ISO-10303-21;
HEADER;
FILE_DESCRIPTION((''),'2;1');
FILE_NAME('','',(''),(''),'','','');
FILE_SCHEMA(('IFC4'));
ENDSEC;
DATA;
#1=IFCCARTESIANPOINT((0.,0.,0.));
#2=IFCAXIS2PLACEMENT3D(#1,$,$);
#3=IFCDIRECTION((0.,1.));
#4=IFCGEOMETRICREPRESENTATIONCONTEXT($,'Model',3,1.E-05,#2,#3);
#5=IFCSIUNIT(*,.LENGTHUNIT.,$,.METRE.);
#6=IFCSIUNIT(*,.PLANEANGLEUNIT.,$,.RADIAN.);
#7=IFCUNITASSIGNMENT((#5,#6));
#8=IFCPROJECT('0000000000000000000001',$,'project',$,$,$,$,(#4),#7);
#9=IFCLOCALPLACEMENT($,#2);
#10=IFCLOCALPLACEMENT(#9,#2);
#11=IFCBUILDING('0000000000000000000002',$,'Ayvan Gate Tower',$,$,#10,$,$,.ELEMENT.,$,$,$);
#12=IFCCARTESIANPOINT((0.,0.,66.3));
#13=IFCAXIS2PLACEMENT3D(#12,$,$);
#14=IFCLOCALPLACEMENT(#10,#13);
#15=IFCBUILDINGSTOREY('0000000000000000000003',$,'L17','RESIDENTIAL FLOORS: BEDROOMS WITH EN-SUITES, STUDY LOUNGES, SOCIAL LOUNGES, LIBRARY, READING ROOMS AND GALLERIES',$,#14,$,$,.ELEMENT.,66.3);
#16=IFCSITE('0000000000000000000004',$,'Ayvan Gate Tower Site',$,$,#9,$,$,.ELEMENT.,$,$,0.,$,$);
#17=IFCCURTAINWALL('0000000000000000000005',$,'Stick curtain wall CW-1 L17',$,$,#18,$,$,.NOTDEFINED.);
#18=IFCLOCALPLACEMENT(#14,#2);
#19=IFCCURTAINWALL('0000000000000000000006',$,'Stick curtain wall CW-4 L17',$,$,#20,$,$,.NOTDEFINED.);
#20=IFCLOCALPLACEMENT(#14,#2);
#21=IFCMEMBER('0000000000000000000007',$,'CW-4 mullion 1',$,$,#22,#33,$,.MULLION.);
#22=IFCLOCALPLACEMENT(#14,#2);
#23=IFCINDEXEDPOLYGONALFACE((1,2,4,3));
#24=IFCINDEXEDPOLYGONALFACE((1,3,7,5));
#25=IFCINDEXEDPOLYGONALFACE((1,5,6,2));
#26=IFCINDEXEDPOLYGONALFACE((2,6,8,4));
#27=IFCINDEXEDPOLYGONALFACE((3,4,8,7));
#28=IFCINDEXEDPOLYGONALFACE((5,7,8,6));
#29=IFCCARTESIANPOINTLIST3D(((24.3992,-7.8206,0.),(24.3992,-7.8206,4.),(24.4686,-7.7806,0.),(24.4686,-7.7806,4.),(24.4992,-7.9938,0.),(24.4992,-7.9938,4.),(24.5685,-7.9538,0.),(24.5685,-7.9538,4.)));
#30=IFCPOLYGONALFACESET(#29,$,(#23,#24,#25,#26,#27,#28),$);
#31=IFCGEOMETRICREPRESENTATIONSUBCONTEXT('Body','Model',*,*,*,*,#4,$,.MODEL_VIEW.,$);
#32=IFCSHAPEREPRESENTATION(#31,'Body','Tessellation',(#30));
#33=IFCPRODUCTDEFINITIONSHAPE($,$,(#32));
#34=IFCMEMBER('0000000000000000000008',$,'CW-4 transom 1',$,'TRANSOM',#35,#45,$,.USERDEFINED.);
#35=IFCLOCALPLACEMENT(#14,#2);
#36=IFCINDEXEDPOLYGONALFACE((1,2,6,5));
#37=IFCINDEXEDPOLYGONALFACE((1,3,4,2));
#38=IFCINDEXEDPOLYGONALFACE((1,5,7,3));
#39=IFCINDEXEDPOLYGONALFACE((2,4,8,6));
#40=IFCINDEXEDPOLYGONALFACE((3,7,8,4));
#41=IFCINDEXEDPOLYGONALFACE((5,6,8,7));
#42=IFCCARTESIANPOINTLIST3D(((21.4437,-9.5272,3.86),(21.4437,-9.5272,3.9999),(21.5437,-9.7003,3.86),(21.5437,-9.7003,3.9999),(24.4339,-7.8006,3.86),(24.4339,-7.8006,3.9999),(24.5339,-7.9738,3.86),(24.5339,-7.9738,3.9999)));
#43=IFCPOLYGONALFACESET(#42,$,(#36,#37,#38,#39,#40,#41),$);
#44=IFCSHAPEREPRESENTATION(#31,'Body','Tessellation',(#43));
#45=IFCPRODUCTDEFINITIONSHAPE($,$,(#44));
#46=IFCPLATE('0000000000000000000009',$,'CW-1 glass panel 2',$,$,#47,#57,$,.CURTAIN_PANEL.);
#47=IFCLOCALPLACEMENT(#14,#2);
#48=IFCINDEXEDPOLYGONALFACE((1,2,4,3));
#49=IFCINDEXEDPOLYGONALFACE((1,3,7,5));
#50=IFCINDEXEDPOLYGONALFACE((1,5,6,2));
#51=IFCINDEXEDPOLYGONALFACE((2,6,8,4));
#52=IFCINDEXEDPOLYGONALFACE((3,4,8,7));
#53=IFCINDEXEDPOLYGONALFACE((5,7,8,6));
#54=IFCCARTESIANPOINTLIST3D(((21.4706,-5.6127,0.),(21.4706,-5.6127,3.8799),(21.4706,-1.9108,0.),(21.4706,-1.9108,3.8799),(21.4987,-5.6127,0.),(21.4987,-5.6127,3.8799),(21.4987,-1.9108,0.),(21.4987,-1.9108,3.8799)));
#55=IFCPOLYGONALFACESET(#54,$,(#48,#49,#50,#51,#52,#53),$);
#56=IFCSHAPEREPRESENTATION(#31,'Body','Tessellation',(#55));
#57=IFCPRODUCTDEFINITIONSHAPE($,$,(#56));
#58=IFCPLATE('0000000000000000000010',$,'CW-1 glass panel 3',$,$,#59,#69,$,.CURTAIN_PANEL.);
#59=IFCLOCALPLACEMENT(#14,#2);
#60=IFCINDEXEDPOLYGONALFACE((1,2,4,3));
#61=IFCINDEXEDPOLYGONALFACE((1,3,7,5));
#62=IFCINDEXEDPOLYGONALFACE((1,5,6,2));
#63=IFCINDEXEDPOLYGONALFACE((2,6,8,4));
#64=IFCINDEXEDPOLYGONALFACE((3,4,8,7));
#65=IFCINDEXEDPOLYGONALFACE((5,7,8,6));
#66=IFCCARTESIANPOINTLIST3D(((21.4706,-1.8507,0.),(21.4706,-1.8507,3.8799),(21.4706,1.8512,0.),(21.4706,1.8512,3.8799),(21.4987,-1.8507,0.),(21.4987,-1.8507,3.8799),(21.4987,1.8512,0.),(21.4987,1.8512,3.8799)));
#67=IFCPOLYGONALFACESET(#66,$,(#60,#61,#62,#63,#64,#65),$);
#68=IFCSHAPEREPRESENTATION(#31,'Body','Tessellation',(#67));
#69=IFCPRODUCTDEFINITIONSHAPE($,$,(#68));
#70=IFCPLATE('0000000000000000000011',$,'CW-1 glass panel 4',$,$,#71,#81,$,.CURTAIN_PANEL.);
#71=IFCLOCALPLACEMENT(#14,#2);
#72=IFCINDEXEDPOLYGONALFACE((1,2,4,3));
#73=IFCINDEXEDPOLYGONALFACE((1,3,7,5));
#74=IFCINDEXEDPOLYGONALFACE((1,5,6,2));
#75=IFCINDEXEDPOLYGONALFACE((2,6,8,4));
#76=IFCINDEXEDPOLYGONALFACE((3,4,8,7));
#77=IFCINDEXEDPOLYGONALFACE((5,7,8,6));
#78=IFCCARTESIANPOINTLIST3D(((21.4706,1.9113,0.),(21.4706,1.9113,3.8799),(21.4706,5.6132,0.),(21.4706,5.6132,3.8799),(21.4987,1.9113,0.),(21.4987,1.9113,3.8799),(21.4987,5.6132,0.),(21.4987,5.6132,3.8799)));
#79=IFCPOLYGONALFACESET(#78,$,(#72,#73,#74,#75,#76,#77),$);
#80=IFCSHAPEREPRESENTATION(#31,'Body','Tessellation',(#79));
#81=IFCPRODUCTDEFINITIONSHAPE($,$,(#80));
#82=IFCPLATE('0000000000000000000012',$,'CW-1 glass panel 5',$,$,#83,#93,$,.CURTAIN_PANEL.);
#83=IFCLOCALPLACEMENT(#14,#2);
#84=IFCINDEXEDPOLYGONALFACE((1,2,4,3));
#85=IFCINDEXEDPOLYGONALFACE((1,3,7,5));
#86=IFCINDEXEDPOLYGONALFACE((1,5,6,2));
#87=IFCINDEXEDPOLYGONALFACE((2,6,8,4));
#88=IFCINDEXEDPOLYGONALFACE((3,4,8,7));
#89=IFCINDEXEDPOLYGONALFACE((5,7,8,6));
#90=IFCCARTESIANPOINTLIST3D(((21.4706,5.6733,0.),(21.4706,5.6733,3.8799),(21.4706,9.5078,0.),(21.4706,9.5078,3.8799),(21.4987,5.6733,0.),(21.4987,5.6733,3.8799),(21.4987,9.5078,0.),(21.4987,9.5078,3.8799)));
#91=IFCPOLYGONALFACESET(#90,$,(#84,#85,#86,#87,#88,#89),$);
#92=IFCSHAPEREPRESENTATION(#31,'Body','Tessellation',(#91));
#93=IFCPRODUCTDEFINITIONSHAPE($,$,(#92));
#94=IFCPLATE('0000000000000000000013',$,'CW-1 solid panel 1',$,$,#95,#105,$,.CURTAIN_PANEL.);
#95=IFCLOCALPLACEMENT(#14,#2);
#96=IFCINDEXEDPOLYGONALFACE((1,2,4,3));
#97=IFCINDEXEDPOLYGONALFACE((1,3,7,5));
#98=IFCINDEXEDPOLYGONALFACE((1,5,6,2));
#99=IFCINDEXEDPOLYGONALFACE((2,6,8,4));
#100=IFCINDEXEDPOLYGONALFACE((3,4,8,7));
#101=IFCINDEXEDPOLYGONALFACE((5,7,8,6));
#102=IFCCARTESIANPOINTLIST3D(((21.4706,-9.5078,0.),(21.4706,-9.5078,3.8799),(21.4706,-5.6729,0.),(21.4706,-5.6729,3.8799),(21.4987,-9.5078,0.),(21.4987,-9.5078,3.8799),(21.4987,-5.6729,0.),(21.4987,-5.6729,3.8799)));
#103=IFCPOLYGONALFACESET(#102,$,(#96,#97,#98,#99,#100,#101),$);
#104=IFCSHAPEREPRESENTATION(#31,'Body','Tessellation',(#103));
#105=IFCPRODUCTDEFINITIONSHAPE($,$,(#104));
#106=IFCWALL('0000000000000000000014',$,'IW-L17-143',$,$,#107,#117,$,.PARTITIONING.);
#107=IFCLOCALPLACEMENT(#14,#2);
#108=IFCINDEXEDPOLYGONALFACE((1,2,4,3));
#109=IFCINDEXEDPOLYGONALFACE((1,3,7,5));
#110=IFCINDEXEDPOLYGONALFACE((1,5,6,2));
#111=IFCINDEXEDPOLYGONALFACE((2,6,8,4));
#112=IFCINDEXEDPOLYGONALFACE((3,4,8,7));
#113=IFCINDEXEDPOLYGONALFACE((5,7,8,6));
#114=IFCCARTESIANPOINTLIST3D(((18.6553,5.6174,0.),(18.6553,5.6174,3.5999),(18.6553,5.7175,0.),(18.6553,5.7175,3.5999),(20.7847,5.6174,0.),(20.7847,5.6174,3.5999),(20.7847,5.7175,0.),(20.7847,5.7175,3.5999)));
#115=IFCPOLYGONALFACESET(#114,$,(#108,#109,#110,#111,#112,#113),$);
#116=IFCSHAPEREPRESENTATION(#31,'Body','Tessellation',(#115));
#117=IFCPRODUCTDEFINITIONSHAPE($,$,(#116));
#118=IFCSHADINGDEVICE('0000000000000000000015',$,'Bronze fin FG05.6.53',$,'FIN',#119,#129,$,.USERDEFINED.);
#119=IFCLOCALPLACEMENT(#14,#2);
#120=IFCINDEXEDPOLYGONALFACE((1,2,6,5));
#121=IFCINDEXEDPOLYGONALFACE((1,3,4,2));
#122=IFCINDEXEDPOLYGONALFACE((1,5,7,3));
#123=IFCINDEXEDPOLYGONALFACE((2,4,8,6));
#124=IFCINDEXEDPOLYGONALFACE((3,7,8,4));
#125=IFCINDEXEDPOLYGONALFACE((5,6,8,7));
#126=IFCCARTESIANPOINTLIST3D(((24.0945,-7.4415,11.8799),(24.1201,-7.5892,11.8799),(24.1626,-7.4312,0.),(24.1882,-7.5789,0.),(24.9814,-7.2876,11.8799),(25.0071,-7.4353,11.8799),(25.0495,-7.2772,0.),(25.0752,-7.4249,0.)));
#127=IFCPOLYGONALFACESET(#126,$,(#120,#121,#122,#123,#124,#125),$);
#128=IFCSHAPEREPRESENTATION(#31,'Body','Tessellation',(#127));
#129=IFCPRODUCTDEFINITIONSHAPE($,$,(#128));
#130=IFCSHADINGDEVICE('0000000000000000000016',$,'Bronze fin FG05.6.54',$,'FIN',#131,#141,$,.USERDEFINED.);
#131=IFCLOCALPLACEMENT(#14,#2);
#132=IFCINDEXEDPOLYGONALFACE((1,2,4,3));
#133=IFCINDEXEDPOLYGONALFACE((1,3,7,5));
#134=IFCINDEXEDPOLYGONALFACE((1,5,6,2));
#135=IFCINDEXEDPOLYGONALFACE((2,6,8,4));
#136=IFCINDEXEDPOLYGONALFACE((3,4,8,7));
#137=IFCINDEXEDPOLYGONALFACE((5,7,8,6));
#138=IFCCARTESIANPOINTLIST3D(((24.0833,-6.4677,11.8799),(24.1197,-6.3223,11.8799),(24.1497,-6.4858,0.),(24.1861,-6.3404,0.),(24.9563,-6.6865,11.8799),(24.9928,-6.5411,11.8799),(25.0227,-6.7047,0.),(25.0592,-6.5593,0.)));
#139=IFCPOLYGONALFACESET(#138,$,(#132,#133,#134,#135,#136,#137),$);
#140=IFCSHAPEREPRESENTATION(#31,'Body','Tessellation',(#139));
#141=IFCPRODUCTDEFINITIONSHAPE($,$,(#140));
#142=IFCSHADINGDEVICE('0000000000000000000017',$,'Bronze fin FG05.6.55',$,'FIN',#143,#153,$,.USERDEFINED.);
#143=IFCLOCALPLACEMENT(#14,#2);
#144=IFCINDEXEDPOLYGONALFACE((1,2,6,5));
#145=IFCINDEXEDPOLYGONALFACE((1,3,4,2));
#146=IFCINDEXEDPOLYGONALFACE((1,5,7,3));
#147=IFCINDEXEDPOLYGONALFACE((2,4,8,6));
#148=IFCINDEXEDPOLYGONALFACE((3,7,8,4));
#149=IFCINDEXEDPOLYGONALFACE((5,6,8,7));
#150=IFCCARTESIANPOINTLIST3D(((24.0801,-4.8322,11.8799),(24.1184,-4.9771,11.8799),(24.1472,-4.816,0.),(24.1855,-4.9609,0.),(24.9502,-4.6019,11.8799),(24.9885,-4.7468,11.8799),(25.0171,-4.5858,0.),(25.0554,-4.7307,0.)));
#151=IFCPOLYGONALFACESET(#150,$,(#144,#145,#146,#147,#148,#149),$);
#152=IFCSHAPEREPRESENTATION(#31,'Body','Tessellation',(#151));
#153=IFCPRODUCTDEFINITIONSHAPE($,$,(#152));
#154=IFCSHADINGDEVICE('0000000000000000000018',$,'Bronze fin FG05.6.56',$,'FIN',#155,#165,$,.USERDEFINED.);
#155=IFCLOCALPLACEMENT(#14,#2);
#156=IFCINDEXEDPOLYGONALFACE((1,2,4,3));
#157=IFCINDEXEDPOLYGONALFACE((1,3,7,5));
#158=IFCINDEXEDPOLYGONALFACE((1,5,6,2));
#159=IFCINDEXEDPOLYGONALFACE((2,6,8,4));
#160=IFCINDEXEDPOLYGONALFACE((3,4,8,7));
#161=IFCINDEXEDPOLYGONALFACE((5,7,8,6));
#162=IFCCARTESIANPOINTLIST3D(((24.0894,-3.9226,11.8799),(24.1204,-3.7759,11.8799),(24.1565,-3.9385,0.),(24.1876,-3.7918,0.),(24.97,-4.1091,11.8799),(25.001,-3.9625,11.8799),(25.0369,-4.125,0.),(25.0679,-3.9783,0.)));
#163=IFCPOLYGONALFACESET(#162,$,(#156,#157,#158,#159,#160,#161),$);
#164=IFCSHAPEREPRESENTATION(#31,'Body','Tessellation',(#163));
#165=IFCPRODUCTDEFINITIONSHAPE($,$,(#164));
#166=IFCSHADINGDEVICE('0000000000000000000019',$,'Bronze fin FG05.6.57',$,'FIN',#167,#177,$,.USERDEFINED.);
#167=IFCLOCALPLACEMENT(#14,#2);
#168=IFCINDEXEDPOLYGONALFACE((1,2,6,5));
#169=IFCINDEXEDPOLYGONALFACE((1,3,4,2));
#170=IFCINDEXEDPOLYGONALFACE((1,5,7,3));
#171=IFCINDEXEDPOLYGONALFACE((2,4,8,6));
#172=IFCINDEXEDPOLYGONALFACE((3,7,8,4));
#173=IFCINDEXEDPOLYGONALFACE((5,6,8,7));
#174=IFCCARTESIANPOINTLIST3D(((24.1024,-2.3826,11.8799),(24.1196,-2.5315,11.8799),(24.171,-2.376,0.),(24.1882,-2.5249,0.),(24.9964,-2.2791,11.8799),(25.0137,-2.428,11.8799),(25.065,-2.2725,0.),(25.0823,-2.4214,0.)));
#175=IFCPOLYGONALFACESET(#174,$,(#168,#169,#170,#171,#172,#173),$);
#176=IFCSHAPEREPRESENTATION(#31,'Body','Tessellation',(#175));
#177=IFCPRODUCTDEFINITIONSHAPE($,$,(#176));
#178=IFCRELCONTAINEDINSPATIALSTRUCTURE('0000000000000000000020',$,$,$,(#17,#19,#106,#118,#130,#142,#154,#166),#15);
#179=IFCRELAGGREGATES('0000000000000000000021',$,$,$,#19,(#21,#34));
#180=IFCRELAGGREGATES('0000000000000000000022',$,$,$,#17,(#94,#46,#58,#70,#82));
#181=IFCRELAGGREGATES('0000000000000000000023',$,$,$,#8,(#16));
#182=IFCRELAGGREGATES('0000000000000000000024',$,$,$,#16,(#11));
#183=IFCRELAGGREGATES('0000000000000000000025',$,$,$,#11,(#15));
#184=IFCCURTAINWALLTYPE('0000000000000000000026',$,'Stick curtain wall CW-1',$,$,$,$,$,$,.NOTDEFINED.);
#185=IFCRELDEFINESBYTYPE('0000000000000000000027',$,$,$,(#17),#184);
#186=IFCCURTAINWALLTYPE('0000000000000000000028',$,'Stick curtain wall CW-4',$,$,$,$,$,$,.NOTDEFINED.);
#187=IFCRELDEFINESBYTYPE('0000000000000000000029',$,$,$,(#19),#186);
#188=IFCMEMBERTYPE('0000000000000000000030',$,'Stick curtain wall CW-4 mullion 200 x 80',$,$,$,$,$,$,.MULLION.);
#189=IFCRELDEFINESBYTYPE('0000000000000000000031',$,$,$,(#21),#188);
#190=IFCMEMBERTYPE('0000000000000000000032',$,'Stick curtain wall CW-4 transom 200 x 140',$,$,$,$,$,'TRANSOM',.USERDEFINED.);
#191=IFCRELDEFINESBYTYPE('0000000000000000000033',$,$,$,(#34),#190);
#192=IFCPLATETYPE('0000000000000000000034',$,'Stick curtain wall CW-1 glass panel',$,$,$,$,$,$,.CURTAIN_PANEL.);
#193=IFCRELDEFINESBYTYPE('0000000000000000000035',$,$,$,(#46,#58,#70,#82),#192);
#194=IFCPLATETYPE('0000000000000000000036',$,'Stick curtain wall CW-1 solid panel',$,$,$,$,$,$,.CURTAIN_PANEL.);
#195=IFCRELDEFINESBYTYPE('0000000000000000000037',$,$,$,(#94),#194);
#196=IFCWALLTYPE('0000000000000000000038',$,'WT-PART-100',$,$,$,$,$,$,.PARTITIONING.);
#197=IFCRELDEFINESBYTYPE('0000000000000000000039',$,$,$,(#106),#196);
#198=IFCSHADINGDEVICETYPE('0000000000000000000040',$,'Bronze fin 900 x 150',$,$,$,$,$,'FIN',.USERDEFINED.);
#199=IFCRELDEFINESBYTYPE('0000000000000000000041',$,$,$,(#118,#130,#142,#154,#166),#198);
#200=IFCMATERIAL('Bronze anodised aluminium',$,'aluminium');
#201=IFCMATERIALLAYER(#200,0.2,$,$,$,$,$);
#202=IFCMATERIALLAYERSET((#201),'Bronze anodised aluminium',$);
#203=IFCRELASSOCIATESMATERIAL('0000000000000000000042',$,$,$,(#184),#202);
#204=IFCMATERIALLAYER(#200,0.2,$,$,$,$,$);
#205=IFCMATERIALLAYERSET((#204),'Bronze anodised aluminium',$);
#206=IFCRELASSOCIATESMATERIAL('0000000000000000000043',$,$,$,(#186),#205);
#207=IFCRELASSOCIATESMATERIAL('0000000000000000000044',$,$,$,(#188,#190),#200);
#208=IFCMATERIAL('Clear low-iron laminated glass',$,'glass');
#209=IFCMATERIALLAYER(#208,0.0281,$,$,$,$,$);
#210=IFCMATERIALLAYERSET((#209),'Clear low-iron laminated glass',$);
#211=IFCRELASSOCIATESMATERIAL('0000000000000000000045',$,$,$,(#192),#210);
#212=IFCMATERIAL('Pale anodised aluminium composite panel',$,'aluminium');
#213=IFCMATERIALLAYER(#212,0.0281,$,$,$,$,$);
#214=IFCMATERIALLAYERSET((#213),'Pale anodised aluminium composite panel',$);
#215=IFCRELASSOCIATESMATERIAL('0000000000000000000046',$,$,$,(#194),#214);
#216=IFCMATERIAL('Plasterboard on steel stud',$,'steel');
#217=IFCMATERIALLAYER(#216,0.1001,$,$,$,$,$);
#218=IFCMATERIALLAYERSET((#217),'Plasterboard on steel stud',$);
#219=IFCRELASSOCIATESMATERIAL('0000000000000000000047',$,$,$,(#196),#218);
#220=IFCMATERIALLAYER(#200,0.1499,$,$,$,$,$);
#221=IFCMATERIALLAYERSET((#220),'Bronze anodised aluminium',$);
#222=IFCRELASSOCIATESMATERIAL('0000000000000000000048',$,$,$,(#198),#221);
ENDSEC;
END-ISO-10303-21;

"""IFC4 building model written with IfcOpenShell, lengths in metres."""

from ifc_helpers import new_model, si_unit, direction, frame, frame_2d, origin, origin_2d, place, context, subcontext, project, spatial, polyline, rectangle, outline, extrude, material, layer, layer_set, material_profile, profile_set, type_object, element, aggregate, save


model = new_model("IFC4")

# Units and contexts
model_context = context("Model", 3, precision=1e-05, world=origin(), true_north=direction((0.0, 1.0)))
body_context = subcontext(model_context, "Body", "Model", "MODEL_VIEW")
ifc_project = project(units=[si_unit("LENGTHUNIT", "METRE"), si_unit("PLANEANGLEUNIT", "RADIAN")], contexts=[model_context])

# Site, building, storey
site_placement = place(None, origin())
site = spatial("IfcSite", under=ifc_project, at=site_placement, Name="Ayvan Gate Tower Site", CompositionType="ELEMENT", RefElevation=0.0)
building_placement = place(site_placement, origin())
building = spatial("IfcBuilding", under=site, at=building_placement, Name="Ayvan Gate Tower", CompositionType="ELEMENT")
storey_placement = place(building_placement, frame((0.0, 0.0, 66.3)))
storey = spatial("IfcBuildingStorey", under=building, at=storey_placement, Name="L17", Description="RESIDENTIAL FLOORS: BEDROOMS WITH EN-SUITES, STUDY LOUNGES, SOCIAL LOUNGES, LIBRARY, READING ROOMS AND GALLERIES", CompositionType="ELEMENT", Elevation=66.3)

# Curtain wall
ifc_material_1 = material(Name="Bronze anodised aluminium", Category="aluminium")
ifc_layer_1 = layer(ifc_material_1, 0.2)
ifc_layer_set_1 = layer_set([ifc_layer_1], Name="Bronze anodised aluminium")
curtain_wall_type_1 = type_object("IfcCurtainWallType", Name="Stick curtain wall CW-1", PredefinedType="NOTDEFINED", material=ifc_layer_set_1)
curtain_wall_1_placement = place(storey_placement, origin())
curtain_wall_1 = element("IfcCurtainWall", 1, at=curtain_wall_1_placement, inside=storey, type_object=curtain_wall_type_1, Name="Stick curtain wall CW-1 L17", PredefinedType="NOTDEFINED")

# Shared definitions
ifc_layer_2 = layer(ifc_material_1, 0.2)
ifc_layer_set_2 = layer_set([ifc_layer_2], Name="Bronze anodised aluminium")
curtain_wall_type_2 = type_object("IfcCurtainWallType", Name="Stick curtain wall CW-4", PredefinedType="NOTDEFINED", material=ifc_layer_set_2)
ifc_material_profile_1 = material_profile(ifc_material_1, rectangle(XDim=0.2, YDim=0.0801, at=origin_2d()), Name="Stick curtain wall CW-4 mullion 200 x 80")
ifc_profile_set_1 = profile_set([ifc_material_profile_1], Name="Bronze anodised aluminium")
member_type_1 = type_object("IfcMemberType", Name="Stick curtain wall CW-4 mullion 200 x 80", PredefinedType="MULLION", material=ifc_profile_set_1)

# Curtain wall, members
curtain_wall_2_placement = place(storey_placement, origin())
curtain_wall_2 = element("IfcCurtainWall", 2, at=curtain_wall_2_placement, inside=storey, type_object=curtain_wall_type_2, Name="Stick curtain wall CW-4 L17", PredefinedType="NOTDEFINED")
member_1_placement = place(storey_placement, frame((24.4839, -7.8872, 0.0), z_axis=(0.0, 0.0, 1.0), x_axis=(-0.5, 0.866025, 0.0)))
member_1 = element("IfcMember", 3, at=member_1_placement, type_object=member_type_1, Name="CW-4 mullion 1", PredefinedType="MULLION", context=body_context, shape_type="SweptSolid", body=[
    extrude(rectangle(XDim=0.2, YDim=0.0801, at=origin_2d()), origin(), (0.0, 0.0, 1.0), 4.0),
])
ifc_material_profile_2 = material_profile(ifc_material_1, rectangle(XDim=0.2, YDim=0.1399, at=origin_2d()), Name="Stick curtain wall CW-4 transom 200 x 140")
ifc_profile_set_2 = profile_set([ifc_material_profile_2], Name="Bronze anodised aluminium")
member_type_2 = type_object("IfcMemberType", Name="Stick curtain wall CW-4 transom 200 x 140", ElementType="TRANSOM", PredefinedType="USERDEFINED", material=ifc_profile_set_2)
member_2_placement = place(storey_placement, frame((24.4839, -7.8872, 3.9299), z_axis=(-0.866007, -0.500033, 0.0), x_axis=(0.500033, -0.866007, 0.0)))
member_2 = element("IfcMember", 4, at=member_2_placement, type_object=member_type_2, Name="CW-4 transom 1", ObjectType="TRANSOM", PredefinedType="USERDEFINED", context=body_context, shape_type="SweptSolid", body=[
    extrude(rectangle(XDim=0.2, YDim=0.1399, at=origin_2d()), origin(), (0.0, 0.0, 1.0), 3.4529),
])
aggregate(curtain_wall_2, [member_1, member_2])

# Plates
ifc_material_2 = material(Name="Clear low-iron laminated glass", Category="glass")
ifc_layer_3 = layer(ifc_material_2, 0.0281)
ifc_layer_set_3 = layer_set([ifc_layer_3], Name="Clear low-iron laminated glass")
plate_type_1 = type_object("IfcPlateType", Name="Stick curtain wall CW-1 glass panel", PredefinedType="CURTAIN_PANEL", material=ifc_layer_set_3)
plate_1_placement = place(storey_placement, frame((21.4846, -3.7617, 0.0), z_axis=(0.0, 0.0, 1.0), x_axis=(0.0, 1.0, 0.0)))
plate_1 = element("IfcPlate", 5, at=plate_1_placement, type_object=plate_type_1, Name="CW-1 glass panel 2", PredefinedType="CURTAIN_PANEL", context=body_context, shape_type="SweptSolid", body=[
    extrude(rectangle(XDim=3.7019, YDim=0.0281, at=origin_2d()), origin(), (0.0, 0.0, 1.0), 3.8799),
])
plate_2_placement = place(storey_placement, frame((21.4846, 0.0002, 0.0), z_axis=(0.0, 0.0, 1.0), x_axis=(0.0, 1.0, 0.0)))
plate_2 = element("IfcPlate", 6, at=plate_2_placement, type_object=plate_type_1, Name="CW-1 glass panel 3", PredefinedType="CURTAIN_PANEL", context=body_context, shape_type="SweptSolid", body=[
    extrude(rectangle(XDim=3.7019, YDim=0.0281, at=origin_2d()), origin(), (0.0, 0.0, 1.0), 3.8799),
])
plate_3_placement = place(storey_placement, frame((21.4846, 3.7622, 0.0), z_axis=(0.0, 0.0, 1.0), x_axis=(0.0, 1.0, 0.0)))
plate_3 = element("IfcPlate", 7, at=plate_3_placement, type_object=plate_type_1, Name="CW-1 glass panel 4", PredefinedType="CURTAIN_PANEL", context=body_context, shape_type="SweptSolid", body=[
    extrude(rectangle(XDim=3.7019, YDim=0.0281, at=origin_2d()), origin(), (0.0, 0.0, 1.0), 3.8799),
])
plate_4_placement = place(storey_placement, frame((21.4846, 7.5906, 0.0), z_axis=(0.0, 0.0, 1.0), x_axis=(0.0, 1.0, 0.0)))
plate_4 = element("IfcPlate", 8, at=plate_4_placement, type_object=plate_type_1, Name="CW-1 glass panel 5", PredefinedType="CURTAIN_PANEL", context=body_context, shape_type="SweptSolid", body=[
    extrude(rectangle(XDim=3.8345, YDim=0.0281, at=origin_2d()), origin(), (0.0, 0.0, 1.0), 3.8799),
])
ifc_material_3 = material(Name="Pale anodised aluminium composite panel", Category="aluminium")
ifc_layer_4 = layer(ifc_material_3, 0.0281)
ifc_layer_set_4 = layer_set([ifc_layer_4], Name="Pale anodised aluminium composite panel")
plate_type_2 = type_object("IfcPlateType", Name="Stick curtain wall CW-1 solid panel", PredefinedType="CURTAIN_PANEL", material=ifc_layer_set_4)
plate_5_placement = place(storey_placement, frame((21.4846, -7.5903, 0.0), z_axis=(0.0, 0.0, 1.0), x_axis=(0.0, 1.0, 0.0)))
plate_5 = element("IfcPlate", 9, at=plate_5_placement, type_object=plate_type_2, Name="CW-1 solid panel 1", PredefinedType="CURTAIN_PANEL", context=body_context, shape_type="SweptSolid", body=[
    extrude(rectangle(XDim=3.835, YDim=0.0281, at=origin_2d()), origin(), (0.0, 0.0, 1.0), 3.8799),
])
aggregate(curtain_wall_1, [plate_5, plate_1, plate_2, plate_3, plate_4])

# Wall
ifc_material_4 = material(Name="Plasterboard on steel stud", Category="steel")
ifc_layer_5 = layer(ifc_material_4, 0.1001)
ifc_layer_set_5 = layer_set([ifc_layer_5], Name="Plasterboard on steel stud")
wall_type = type_object("IfcWallType", Name="WT-PART-100", PredefinedType="PARTITIONING", material=ifc_layer_set_5)
wall_placement = place(storey_placement, frame((18.6553, 5.6675, 0.0), z_axis=(0.0, 0.0, 1.0), x_axis=(1.0, 0.0, 0.0)))
element("IfcWall", 10, at=wall_placement, inside=storey, type_object=wall_type, Name="IW-L17-143", PredefinedType="PARTITIONING", context=body_context, shape_type="SweptSolid", body=[
    extrude(rectangle(XDim=2.1294, YDim=0.1001, at=frame_2d((1.0647, 0.0))), origin(), (0.0, 0.0, 1.0), 3.5999),
])

# Shading devices
ifc_layer_6 = layer(ifc_material_1, 0.1499)
ifc_layer_set_6 = layer_set([ifc_layer_6], Name="Bronze anodised aluminium")
shading_device_type = type_object("IfcShadingDeviceType", Name="Bronze fin 900 x 150", ElementType="FIN", PredefinedType="USERDEFINED", material=ifc_layer_set_6)
shading_device_1_placement = place(storey_placement, frame((24.1882, -7.5789, 0.0), z_axis=(0.170992, -0.985272, 0.00012), x_axis=(0.985272, 0.170992, 0.0)))
element("IfcShadingDevice", 11, at=shading_device_1_placement, inside=storey, type_object=shading_device_type, Name="Bronze fin FG05.6.53", ObjectType="FIN", PredefinedType="USERDEFINED", context=body_context, shape_type="SweptSolid", body=[
    extrude(outline(polyline([(0.0, 0.0), (0.9002, 0.0), (0.8313, 11.8799), (-0.0689, 11.8799), (0.0, 0.0)])), origin(), (0.0, 0.0, -1.0), 0.1499),
])
shading_device_2_placement = place(storey_placement, frame((24.1497, -6.4858, 0.0), z_axis=(-0.243174, -0.969983, 0.000126), x_axis=(0.969983, -0.243174, 0.0)))
element("IfcShadingDevice", 12, at=shading_device_2_placement, inside=storey, type_object=shading_device_type, Name="Bronze fin FG05.6.54", ObjectType="FIN", PredefinedType="USERDEFINED", context=body_context, shape_type="SweptSolid", body=[
    extrude(outline(polyline([(0.0, 0.0), (0.9001, 0.0), (0.8312, 11.8799), (-0.0688, 11.8799), (0.0, 0.0)])), origin(), (0.0, 0.0, -1.0), 0.1499),
])
shading_device_3_placement = place(storey_placement, frame((24.1855, -4.9609, 0.0), z_axis=(0.255822, -0.966724, 0.000132), x_axis=(0.966724, 0.255822, 0.0)))
element("IfcShadingDevice", 13, at=shading_device_3_placement, inside=storey, type_object=shading_device_type, Name="Bronze fin FG05.6.55", ObjectType="FIN", PredefinedType="USERDEFINED", context=body_context, shape_type="SweptSolid", body=[
    extrude(outline(polyline([(0.0, 0.0), (0.8998, 0.0), (0.831, 11.8799), (-0.069, 11.8799), (0.0, 0.0)])), origin(), (0.0, 0.0, -1.0), 0.1499),
])
shading_device_4_placement = place(storey_placement, frame((24.1565, -3.9385, 0.0), z_axis=(-0.207241, -0.97829, 0.000138), x_axis=(0.97829, -0.207241, 0.0)))
element("IfcShadingDevice", 14, at=shading_device_4_placement, inside=storey, type_object=shading_device_type, Name="Bronze fin FG05.6.56", ObjectType="FIN", PredefinedType="USERDEFINED", context=body_context, shape_type="SweptSolid", body=[
    extrude(outline(polyline([(0.0, 0.0), (0.8999, 0.0), (0.8312, 11.8799), (-0.069, 11.8799), (0.0, 0.0)])), origin(), (0.0, 0.0, -1.0), 0.1499),
])
shading_device_5_placement = place(storey_placement, frame((24.1882, -2.5249, 0.0), z_axis=(0.115015, -0.993364, 0.000113), x_axis=(0.993364, 0.115015, 0.0)))
element("IfcShadingDevice", 15, at=shading_device_5_placement, inside=storey, type_object=shading_device_type, Name="Bronze fin FG05.6.57", ObjectType="FIN", PredefinedType="USERDEFINED", context=body_context, shape_type="SweptSolid", body=[
    extrude(outline(polyline([(0.0, 0.0), (0.9, 0.0), (0.8311, 11.8799), (-0.0689, 11.8799), (0.0, 0.0)])), origin(), (0.0, 0.0, -1.0), 0.1499),
])

save(model, "model.ifc")
